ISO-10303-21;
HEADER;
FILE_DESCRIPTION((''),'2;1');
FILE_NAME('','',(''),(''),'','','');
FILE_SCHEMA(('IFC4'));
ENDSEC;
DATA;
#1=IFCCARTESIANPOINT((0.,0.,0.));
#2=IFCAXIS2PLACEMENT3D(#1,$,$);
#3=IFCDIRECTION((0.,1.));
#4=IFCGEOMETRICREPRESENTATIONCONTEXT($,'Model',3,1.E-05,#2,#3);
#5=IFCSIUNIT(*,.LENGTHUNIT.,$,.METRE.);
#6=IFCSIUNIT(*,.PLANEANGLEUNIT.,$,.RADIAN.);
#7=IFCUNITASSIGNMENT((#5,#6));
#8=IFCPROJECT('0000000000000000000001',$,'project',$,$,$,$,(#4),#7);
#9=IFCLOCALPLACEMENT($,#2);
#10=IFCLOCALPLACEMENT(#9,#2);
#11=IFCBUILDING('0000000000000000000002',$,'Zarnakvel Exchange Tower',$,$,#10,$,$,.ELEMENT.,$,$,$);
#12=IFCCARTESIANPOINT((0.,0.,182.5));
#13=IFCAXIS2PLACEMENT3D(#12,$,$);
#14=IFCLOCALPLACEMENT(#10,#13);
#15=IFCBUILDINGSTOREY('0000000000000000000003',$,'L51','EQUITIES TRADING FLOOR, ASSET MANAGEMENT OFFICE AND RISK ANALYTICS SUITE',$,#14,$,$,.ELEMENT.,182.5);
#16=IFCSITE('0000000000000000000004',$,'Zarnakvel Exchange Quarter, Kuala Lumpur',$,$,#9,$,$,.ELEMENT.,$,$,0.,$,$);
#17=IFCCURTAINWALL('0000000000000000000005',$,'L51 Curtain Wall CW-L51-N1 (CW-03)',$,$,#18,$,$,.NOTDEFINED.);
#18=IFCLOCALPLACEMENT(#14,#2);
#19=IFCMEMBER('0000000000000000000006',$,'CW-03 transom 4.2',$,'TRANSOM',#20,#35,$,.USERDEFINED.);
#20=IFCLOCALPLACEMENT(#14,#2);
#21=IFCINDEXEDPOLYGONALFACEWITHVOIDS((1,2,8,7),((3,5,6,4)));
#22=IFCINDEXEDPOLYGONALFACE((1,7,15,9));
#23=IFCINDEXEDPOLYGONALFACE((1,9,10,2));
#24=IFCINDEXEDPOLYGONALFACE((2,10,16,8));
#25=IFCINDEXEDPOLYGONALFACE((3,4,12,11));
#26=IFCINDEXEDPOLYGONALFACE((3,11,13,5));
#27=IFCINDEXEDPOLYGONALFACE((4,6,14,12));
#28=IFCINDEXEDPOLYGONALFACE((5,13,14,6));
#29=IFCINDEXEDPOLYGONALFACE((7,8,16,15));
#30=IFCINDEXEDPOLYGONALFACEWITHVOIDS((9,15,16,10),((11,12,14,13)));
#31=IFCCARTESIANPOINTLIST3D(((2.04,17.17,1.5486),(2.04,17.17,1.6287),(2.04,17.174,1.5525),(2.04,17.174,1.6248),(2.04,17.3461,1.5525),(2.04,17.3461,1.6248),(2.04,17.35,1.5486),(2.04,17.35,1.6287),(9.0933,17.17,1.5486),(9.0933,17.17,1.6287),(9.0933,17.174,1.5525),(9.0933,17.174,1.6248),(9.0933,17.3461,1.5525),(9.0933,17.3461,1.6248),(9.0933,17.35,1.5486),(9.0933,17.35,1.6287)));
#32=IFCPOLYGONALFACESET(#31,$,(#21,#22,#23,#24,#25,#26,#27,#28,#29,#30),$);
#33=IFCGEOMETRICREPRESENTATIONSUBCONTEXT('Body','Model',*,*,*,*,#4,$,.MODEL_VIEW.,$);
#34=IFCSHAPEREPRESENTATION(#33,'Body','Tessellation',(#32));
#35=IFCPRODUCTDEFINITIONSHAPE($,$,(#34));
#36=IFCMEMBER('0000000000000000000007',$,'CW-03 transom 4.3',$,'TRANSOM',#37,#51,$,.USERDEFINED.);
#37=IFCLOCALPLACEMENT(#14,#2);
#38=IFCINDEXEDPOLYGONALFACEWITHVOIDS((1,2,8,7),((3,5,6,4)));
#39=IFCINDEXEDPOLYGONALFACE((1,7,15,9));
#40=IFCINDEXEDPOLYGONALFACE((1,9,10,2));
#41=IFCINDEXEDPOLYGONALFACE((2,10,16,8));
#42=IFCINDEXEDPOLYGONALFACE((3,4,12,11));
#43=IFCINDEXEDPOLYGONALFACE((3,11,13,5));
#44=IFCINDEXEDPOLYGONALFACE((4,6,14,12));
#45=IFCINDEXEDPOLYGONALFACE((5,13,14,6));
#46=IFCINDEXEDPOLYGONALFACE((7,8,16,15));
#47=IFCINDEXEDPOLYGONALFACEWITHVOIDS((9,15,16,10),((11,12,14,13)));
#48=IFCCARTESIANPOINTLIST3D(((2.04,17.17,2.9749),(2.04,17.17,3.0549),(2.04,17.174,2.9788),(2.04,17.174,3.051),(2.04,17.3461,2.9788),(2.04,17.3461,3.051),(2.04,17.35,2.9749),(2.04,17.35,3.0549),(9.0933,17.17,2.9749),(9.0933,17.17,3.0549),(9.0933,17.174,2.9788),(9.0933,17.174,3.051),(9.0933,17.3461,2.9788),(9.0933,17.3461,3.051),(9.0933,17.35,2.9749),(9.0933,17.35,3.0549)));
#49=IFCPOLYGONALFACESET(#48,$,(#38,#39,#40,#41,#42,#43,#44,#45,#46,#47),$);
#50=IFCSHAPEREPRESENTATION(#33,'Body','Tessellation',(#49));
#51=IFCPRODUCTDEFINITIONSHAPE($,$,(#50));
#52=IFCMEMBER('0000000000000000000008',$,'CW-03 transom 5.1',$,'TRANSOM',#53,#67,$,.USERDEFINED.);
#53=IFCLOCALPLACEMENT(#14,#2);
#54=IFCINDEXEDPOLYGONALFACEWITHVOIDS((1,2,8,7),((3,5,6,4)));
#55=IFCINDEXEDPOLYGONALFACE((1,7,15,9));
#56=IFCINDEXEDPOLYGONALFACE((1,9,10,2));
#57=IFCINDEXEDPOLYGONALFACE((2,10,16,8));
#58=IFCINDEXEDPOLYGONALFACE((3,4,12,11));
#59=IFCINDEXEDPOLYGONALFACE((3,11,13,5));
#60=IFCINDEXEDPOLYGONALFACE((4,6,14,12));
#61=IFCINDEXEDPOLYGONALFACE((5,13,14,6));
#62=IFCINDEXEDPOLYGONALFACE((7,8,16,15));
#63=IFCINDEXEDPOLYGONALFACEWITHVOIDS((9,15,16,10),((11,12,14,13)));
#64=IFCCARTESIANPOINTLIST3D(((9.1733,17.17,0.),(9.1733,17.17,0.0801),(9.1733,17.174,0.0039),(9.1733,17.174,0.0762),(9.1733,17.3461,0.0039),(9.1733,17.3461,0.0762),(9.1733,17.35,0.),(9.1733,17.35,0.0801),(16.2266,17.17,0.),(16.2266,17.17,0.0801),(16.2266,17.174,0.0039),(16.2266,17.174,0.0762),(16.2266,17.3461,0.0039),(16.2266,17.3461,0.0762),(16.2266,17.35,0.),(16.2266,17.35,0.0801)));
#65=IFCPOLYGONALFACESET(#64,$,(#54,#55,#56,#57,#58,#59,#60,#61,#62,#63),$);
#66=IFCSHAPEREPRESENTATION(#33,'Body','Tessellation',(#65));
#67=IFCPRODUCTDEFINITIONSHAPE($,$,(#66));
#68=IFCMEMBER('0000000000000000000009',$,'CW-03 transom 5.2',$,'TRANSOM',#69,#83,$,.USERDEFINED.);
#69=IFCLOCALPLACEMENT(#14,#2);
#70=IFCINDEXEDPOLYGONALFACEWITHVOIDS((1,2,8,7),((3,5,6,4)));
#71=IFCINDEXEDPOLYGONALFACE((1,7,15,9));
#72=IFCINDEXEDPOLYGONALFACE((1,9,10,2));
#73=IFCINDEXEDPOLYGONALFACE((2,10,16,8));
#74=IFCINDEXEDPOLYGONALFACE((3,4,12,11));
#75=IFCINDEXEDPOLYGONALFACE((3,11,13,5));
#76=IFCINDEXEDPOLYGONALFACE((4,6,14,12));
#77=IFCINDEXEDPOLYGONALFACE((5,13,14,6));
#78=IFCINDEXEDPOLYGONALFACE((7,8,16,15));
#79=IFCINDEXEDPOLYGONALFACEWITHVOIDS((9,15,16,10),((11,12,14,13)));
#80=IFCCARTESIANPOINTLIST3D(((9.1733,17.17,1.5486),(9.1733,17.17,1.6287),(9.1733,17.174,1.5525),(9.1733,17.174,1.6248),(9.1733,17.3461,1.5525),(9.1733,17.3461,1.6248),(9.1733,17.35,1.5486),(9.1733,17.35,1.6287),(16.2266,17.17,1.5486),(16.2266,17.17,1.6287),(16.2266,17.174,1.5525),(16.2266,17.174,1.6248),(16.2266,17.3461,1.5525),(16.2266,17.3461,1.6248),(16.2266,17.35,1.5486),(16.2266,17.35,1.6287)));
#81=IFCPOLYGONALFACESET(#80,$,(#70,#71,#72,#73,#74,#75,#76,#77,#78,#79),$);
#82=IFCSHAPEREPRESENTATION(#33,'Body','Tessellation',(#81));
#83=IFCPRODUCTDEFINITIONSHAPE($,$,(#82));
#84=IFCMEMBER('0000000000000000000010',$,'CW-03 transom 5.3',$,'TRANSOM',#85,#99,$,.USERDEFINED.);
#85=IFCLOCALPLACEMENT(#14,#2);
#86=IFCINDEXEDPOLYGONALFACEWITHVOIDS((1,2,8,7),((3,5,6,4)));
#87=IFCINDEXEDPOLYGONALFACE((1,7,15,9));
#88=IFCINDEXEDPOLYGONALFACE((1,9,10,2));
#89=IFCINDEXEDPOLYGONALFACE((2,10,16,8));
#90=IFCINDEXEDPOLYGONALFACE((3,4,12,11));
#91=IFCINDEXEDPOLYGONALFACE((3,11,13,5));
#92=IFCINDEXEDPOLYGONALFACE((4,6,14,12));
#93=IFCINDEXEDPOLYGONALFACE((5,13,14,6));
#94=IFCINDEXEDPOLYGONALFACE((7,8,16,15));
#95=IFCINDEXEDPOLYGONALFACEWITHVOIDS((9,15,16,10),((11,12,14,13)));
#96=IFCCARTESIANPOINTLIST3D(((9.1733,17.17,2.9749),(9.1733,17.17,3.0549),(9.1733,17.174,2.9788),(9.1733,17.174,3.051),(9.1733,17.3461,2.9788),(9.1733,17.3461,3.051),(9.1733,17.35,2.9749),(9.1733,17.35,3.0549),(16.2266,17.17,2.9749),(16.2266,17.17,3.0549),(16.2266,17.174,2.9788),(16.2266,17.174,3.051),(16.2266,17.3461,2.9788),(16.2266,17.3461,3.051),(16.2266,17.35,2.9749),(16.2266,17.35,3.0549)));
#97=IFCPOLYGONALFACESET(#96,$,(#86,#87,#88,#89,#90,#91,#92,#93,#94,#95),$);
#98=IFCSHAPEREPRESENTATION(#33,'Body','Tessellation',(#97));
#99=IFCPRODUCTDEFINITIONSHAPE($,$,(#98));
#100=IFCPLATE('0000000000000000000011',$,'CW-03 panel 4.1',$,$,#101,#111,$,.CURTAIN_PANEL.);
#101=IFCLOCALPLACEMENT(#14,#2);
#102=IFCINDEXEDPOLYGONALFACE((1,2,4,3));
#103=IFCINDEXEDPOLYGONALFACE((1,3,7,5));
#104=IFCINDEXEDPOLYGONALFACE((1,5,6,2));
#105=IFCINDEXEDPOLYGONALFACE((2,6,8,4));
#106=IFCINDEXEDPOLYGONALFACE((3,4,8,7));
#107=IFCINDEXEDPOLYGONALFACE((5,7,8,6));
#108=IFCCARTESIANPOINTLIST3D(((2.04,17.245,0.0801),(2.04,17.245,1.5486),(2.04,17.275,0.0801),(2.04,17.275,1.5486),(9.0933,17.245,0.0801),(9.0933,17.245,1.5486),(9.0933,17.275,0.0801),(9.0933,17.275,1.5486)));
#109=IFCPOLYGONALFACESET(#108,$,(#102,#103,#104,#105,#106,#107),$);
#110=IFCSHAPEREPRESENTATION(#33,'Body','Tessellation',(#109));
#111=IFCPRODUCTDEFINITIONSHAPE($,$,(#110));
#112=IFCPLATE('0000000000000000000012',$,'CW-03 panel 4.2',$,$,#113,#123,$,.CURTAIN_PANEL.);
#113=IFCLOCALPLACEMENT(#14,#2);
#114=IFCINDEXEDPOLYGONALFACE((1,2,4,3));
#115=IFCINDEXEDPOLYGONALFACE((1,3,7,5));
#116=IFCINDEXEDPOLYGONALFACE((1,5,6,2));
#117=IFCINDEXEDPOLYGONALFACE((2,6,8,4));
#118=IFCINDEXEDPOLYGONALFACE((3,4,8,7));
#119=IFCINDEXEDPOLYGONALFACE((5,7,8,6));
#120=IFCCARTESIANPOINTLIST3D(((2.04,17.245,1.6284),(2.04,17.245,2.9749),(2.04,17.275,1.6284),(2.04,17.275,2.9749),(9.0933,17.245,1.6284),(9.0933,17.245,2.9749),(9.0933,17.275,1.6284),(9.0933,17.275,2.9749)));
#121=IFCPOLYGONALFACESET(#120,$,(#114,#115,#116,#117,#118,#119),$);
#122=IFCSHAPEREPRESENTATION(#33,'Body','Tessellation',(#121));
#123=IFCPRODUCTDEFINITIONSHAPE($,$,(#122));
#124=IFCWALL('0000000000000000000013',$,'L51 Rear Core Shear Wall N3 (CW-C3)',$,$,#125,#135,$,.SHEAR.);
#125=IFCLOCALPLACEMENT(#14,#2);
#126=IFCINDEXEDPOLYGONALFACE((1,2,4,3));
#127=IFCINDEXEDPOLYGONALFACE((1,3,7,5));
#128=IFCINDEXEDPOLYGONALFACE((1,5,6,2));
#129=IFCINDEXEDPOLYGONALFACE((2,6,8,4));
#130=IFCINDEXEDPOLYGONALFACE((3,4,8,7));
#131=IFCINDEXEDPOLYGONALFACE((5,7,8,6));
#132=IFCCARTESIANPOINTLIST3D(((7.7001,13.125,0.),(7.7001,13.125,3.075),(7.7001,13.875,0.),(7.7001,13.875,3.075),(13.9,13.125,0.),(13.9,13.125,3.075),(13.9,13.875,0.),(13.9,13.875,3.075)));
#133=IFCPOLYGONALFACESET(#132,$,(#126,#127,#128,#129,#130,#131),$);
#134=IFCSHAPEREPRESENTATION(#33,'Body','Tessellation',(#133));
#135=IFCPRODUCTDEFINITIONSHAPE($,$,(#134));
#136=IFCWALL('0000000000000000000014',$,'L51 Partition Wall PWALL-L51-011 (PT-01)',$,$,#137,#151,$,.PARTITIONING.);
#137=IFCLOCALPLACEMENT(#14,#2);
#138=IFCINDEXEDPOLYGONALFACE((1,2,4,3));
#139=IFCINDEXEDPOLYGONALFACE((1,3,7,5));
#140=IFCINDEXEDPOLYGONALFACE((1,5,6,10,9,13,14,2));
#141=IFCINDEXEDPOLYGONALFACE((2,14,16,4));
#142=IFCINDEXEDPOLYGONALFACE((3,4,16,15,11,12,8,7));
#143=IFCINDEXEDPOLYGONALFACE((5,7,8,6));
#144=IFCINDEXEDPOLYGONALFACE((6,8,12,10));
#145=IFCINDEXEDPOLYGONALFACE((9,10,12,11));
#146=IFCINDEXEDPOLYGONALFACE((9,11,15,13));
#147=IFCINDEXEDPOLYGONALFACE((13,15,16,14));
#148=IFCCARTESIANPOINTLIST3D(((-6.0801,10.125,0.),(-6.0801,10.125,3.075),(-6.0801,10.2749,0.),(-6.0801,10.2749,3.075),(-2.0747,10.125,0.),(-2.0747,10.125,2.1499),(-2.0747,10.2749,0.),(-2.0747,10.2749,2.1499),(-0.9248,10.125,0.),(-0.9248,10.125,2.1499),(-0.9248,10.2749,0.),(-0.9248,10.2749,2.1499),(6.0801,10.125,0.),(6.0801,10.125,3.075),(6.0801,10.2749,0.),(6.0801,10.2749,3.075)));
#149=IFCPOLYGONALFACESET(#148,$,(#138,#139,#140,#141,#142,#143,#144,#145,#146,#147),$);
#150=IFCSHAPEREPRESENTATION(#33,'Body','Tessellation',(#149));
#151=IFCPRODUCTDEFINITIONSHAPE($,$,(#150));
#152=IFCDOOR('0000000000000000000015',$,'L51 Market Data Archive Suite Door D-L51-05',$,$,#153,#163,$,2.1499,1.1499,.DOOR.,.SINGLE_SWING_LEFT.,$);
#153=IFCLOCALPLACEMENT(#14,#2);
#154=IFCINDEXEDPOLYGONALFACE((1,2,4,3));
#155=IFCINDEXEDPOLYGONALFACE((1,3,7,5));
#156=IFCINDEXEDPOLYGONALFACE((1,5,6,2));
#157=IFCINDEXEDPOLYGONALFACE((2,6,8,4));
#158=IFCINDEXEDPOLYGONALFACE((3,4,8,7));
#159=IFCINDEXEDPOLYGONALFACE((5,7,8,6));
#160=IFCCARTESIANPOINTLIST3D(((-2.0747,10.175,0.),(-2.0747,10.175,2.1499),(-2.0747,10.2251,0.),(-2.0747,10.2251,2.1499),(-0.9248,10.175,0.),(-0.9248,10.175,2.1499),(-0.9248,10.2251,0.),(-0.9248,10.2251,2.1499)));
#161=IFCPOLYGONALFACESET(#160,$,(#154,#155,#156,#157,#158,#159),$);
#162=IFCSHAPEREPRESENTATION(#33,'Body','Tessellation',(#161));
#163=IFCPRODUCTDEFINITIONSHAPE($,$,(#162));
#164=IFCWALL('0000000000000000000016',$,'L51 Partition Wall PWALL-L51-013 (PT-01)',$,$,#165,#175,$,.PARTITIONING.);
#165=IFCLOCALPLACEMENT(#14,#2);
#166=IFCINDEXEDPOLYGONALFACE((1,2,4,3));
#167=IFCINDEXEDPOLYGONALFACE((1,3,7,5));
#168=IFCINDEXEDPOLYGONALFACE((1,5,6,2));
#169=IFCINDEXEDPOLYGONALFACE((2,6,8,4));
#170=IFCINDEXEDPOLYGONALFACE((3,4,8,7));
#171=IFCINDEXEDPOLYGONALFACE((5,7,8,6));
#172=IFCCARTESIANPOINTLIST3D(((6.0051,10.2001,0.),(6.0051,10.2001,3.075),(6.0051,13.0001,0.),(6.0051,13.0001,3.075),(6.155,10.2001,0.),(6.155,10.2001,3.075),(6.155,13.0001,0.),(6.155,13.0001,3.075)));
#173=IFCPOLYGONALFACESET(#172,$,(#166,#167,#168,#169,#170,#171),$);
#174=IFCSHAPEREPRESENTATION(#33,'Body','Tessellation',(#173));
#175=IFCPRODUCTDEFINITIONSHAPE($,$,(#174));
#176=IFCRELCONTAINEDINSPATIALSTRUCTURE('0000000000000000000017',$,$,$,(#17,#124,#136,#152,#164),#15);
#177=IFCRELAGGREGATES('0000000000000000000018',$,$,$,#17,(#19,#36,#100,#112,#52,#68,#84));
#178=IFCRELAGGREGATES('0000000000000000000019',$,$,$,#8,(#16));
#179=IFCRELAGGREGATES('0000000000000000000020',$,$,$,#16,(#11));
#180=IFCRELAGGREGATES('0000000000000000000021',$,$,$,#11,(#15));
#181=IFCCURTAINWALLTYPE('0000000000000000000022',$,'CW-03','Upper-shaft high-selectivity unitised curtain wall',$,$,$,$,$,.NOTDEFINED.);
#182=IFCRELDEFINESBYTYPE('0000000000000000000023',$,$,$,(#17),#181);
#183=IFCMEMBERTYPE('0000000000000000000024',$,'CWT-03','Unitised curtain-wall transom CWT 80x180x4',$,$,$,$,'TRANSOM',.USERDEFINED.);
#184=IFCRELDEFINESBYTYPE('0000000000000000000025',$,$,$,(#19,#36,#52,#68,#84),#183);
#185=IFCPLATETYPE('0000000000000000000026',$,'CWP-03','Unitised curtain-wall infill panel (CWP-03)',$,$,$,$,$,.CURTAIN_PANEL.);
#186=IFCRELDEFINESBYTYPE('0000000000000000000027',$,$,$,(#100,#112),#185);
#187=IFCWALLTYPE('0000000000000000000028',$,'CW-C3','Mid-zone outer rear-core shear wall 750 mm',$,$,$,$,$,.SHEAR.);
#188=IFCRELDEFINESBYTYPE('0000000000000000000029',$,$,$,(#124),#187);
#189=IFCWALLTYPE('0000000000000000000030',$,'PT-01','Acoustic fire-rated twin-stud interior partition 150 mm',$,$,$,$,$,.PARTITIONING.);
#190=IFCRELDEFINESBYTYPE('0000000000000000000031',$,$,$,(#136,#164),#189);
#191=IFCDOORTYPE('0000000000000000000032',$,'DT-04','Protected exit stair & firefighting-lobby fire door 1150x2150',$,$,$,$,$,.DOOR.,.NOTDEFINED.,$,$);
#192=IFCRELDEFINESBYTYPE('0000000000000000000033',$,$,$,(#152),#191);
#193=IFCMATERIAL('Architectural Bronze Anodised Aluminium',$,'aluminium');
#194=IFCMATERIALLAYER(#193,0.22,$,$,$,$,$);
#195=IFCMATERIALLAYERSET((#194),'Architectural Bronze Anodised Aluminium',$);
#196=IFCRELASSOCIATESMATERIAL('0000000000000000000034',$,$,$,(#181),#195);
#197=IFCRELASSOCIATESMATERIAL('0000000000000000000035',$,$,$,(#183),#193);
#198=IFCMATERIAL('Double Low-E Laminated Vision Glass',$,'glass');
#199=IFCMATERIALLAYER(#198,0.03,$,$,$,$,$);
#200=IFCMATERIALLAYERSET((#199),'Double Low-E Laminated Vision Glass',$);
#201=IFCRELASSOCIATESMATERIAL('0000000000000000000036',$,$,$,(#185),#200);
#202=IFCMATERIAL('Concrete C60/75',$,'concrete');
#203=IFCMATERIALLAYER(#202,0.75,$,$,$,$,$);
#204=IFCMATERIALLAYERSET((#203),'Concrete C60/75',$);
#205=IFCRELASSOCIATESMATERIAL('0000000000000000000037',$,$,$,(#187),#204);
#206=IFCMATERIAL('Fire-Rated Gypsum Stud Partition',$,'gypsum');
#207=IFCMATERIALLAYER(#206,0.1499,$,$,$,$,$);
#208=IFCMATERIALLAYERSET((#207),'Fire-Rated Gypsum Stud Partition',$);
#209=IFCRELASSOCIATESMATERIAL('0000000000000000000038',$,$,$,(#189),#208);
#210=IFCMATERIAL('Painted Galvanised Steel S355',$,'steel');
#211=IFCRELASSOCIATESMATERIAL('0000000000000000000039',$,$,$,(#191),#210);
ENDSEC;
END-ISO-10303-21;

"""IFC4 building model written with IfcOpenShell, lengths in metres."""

from ifc_helpers import new_model, si_unit, direction, frame, frame_2d, origin, origin_2d, place, context, subcontext, project, spatial, rectangle, hollow_rectangle, extrude, source, transform, mapped, material, layer, layer_set, material_profile, profile_set, type_object, element, fill, aggregate, save


model = new_model("IFC4")

# Units and contexts
model_context = context("Model", 3, precision=1e-05, world=origin(), true_north=direction((0.0, 1.0)))
body_context = subcontext(model_context, "Body", "Model", "MODEL_VIEW")
ifc_project = project(units=[si_unit("LENGTHUNIT", "METRE"), si_unit("PLANEANGLEUNIT", "RADIAN")], contexts=[model_context])

# Site, building, storey
site_placement = place(None, origin())
site = spatial("IfcSite", under=ifc_project, at=site_placement, Name="Zarnakvel Exchange Quarter, Kuala Lumpur", CompositionType="ELEMENT", RefElevation=0.0)
building_placement = place(site_placement, origin())
building = spatial("IfcBuilding", under=site, at=building_placement, Name="Zarnakvel Exchange Tower", CompositionType="ELEMENT")
storey_placement = place(building_placement, frame((0.0, 0.0, 182.5)))
storey = spatial("IfcBuildingStorey", under=building, at=storey_placement, Name="L51", Description="EQUITIES TRADING FLOOR, ASSET MANAGEMENT OFFICE AND RISK ANALYTICS SUITE", CompositionType="ELEMENT", Elevation=182.5)

# Shared definitions
ifc_material_1 = material(Name="Concrete C60/75", Category="concrete")

# Curtain wall, members, plates
ifc_material_2 = material(Name="Architectural Bronze Anodised Aluminium", Category="aluminium")
ifc_layer_1 = layer(ifc_material_2, 0.22)
ifc_layer_set_1 = layer_set([ifc_layer_1], Name="Architectural Bronze Anodised Aluminium")
curtain_wall_type = type_object("IfcCurtainWallType", Name="CW-03", Description="Upper-shaft high-selectivity unitised curtain wall", PredefinedType="NOTDEFINED", material=ifc_layer_set_1)
curtain_wall_placement = place(storey_placement, origin())
curtain_wall = element("IfcCurtainWall", 1, at=curtain_wall_placement, inside=storey, type_object=curtain_wall_type, Name="L51 Curtain Wall CW-L51-N1 (CW-03)", PredefinedType="NOTDEFINED")
ifc_material_profile_1 = material_profile(ifc_material_2, hollow_rectangle(XDim=0.1799, YDim=0.0801, WallThickness=0.0039, at=origin_2d()))
ifc_profile_set_1 = profile_set([ifc_material_profile_1], Name="Architectural Bronze Anodised Aluminium")
member_type_1 = type_object("IfcMemberType", Name="CWT-03", Description="Unitised curtain-wall transom CWT 80x180x4", ElementType="TRANSOM", PredefinedType="USERDEFINED", material=ifc_profile_set_1)
shared_shape_1 = source(origin(), body_context, "Body", "SweptSolid", [
    extrude(hollow_rectangle(XDim=0.1799, YDim=0.0801, WallThickness=0.0039, at=origin_2d()), origin(), (0.0, 0.0, 1.0), 7.0532),
])
member_1_placement = place(storey_placement, frame((2.04, 17.26, 1.5886), z_axis=(1.0, 0.0, 0.0), x_axis=(0.0, 1.0, 0.0)))
member_1 = element("IfcMember", 2, at=member_1_placement, type_object=member_type_1, Name="CW-03 transom 4.2", ObjectType="TRANSOM", PredefinedType="USERDEFINED", context=body_context, shape_type="MappedRepresentation", body=[
    mapped(shared_shape_1, transform((0.0, 0.0, 0.0), x_axis=(1.0, 0.0, 0.0), y_axis=(0.0, 1.0, 0.0), z_axis=(0.0, 0.0, 1.0), scale=1.0)),
])
member_2_placement = place(storey_placement, frame((2.04, 17.26, 3.0149), z_axis=(1.0, 0.0, 0.0), x_axis=(0.0, 1.0, 0.0)))
member_2 = element("IfcMember", 3, at=member_2_placement, type_object=member_type_1, Name="CW-03 transom 4.3", ObjectType="TRANSOM", PredefinedType="USERDEFINED", context=body_context, shape_type="MappedRepresentation", body=[
    mapped(shared_shape_1, transform((0.0, 0.0, 0.0), x_axis=(1.0, 0.0, 0.0), y_axis=(0.0, 1.0, 0.0), z_axis=(0.0, 0.0, 1.0), scale=1.0)),
])
member_3_placement = place(storey_placement, frame((9.1733, 17.26, 0.04), z_axis=(1.0, 0.0, 0.0), x_axis=(0.0, 1.0, 0.0)))
member_3 = element("IfcMember", 4, at=member_3_placement, type_object=member_type_1, Name="CW-03 transom 5.1", ObjectType="TRANSOM", PredefinedType="USERDEFINED", context=body_context, shape_type="MappedRepresentation", body=[
    mapped(shared_shape_1, transform((0.0, 0.0, 0.0), x_axis=(1.0, 0.0, 0.0), y_axis=(0.0, 1.0, 0.0), z_axis=(0.0, 0.0, 1.0), scale=1.0)),
])
member_4_placement = place(storey_placement, frame((9.1733, 17.26, 1.5886), z_axis=(1.0, 0.0, 0.0), x_axis=(0.0, 1.0, 0.0)))
member_4 = element("IfcMember", 5, at=member_4_placement, type_object=member_type_1, Name="CW-03 transom 5.2", ObjectType="TRANSOM", PredefinedType="USERDEFINED", context=body_context, shape_type="MappedRepresentation", body=[
    mapped(shared_shape_1, transform((0.0, 0.0, 0.0), x_axis=(1.0, 0.0, 0.0), y_axis=(0.0, 1.0, 0.0), z_axis=(0.0, 0.0, 1.0), scale=1.0)),
])
member_5_placement = place(storey_placement, frame((9.1733, 17.26, 3.0149), z_axis=(1.0, 0.0, 0.0), x_axis=(0.0, 1.0, 0.0)))
member_5 = element("IfcMember", 6, at=member_5_placement, type_object=member_type_1, Name="CW-03 transom 5.3", ObjectType="TRANSOM", PredefinedType="USERDEFINED", context=body_context, shape_type="MappedRepresentation", body=[
    mapped(shared_shape_1, transform((0.0, 0.0, 0.0), x_axis=(1.0, 0.0, 0.0), y_axis=(0.0, 1.0, 0.0), z_axis=(0.0, 0.0, 1.0), scale=1.0)),
])
ifc_material_3 = material(Name="Double Low-E Laminated Vision Glass", Category="glass")
ifc_layer_2 = layer(ifc_material_3, 0.03)
ifc_layer_set_2 = layer_set([ifc_layer_2], Name="Double Low-E Laminated Vision Glass")
plate_type = type_object("IfcPlateType", Name="CWP-03", Description="Unitised curtain-wall infill panel (CWP-03)", PredefinedType="CURTAIN_PANEL", material=ifc_layer_set_2)
shared_shape_2 = source(origin(), body_context, "Body", "SweptSolid", [
    extrude(rectangle(XDim=7.0532, YDim=0.03, at=origin_2d()), origin(), (0.0, 0.0, 1.0), 1.4685),
])
plate_1_placement = place(storey_placement, frame((5.5667, 17.26, 0.0801), z_axis=(0.0, 0.0, 1.0), x_axis=(1.0, 0.0, 0.0)))
plate_1 = element("IfcPlate", 7, at=plate_1_placement, type_object=plate_type, Name="CW-03 panel 4.1", PredefinedType="CURTAIN_PANEL", context=body_context, shape_type="MappedRepresentation", body=[
    mapped(shared_shape_2, transform((0.0, 0.0, 0.0), x_axis=(1.0, 0.0, 0.0), y_axis=(0.0, 1.0, 0.0), z_axis=(0.0, 0.0, 1.0), scale=1.0)),
])
shared_shape_3 = source(origin(), body_context, "Body", "SweptSolid", [
    extrude(rectangle(XDim=7.0532, YDim=0.03, at=origin_2d()), origin(), (0.0, 0.0, 1.0), 1.3464),
])
plate_2_placement = place(storey_placement, frame((5.5667, 17.26, 1.6284), z_axis=(0.0, 0.0, 1.0), x_axis=(1.0, 0.0, 0.0)))
plate_2 = element("IfcPlate", 8, at=plate_2_placement, type_object=plate_type, Name="CW-03 panel 4.2", PredefinedType="CURTAIN_PANEL", context=body_context, shape_type="MappedRepresentation", body=[
    mapped(shared_shape_3, transform((0.0, 0.0, 0.0), x_axis=(1.0, 0.0, 0.0), y_axis=(0.0, 1.0, 0.0), z_axis=(0.0, 0.0, 1.0), scale=1.0)),
])
aggregate(curtain_wall, [member_1, member_2, plate_1, plate_2, member_3, member_4, member_5])

# Wall
ifc_layer_3 = layer(ifc_material_1, 0.75)
ifc_layer_set_3 = layer_set([ifc_layer_3], Name="Concrete C60/75")
wall_type_1 = type_object("IfcWallType", Name="CW-C3", Description="Mid-zone outer rear-core shear wall 750 mm", PredefinedType="SHEAR", material=ifc_layer_set_3)
wall_1_placement = place(storey_placement, frame((7.7, 13.5, 0.0), z_axis=(0.0, 0.0, 1.0), x_axis=(1.0, 0.0, 0.0)))
element("IfcWall", 9, at=wall_1_placement, inside=storey, type_object=wall_type_1, Name="L51 Rear Core Shear Wall N3 (CW-C3)", PredefinedType="SHEAR", context=body_context, shape_type="SweptSolid", body=[
    extrude(rectangle(XDim=6.2, YDim=0.75, at=frame_2d((3.1001, 0.0))), origin(), (0.0, 0.0, 1.0), 3.075),
])

# Wall, opening, door
ifc_material_4 = material(Name="Fire-Rated Gypsum Stud Partition", Category="gypsum")
ifc_layer_4 = layer(ifc_material_4, 0.1499)
ifc_layer_set_4 = layer_set([ifc_layer_4], Name="Fire-Rated Gypsum Stud Partition")
wall_type_2 = type_object("IfcWallType", Name="PT-01", Description="Acoustic fire-rated twin-stud interior partition 150 mm", PredefinedType="PARTITIONING", material=ifc_layer_set_4)
wall_2_placement = place(storey_placement, frame((6.0801, 10.2, 0.0), z_axis=(0.0, 0.0, 1.0), x_axis=(-1.0, 0.0, 0.0)))
wall_2 = element("IfcWall", 10, at=wall_2_placement, inside=storey, type_object=wall_type_2, Name="L51 Partition Wall PWALL-L51-011 (PT-01)", PredefinedType="PARTITIONING", context=body_context, shape_type="SweptSolid", body=[
    extrude(rectangle(XDim=12.1602, YDim=0.1499, at=frame_2d((6.0801, 0.0))), origin(), (0.0, 0.0, 1.0), 3.075),
])
opening_placement = place(wall_2_placement, frame((7.0049, 0.0, 0.0)))
opening = element("IfcOpeningElement", 11, at=opening_placement, cuts=wall_2, PredefinedType="OPENING", context=body_context, shape_type="SweptSolid", body=[
    extrude(rectangle(XDim=1.1499, YDim=2.1499, at=frame_2d((0.575, 1.075))), frame((0.0, 0.085, 0.0), z_axis=(0.0, -1.0, 0.0), x_axis=(1.0, 0.0, 0.0)), (0.0, 0.0, 1.0), 0.1699),
])
ifc_material_5 = material(Name="Painted Galvanised Steel S355", Category="steel")
door_type = type_object("IfcDoorType", Name="DT-04", Description="Protected exit stair & firefighting-lobby fire door 1150x2150", OperationType="NOTDEFINED", PredefinedType="DOOR", material=ifc_material_5)
shared_shape_4 = source(origin(), body_context, "Body", "SweptSolid", [
    extrude(rectangle(XDim=1.1499, YDim=2.1499, at=frame_2d((0.575, 1.075))), frame((0.0, 0.0249, 0.0), z_axis=(0.0, -1.0, 0.0), x_axis=(1.0, 0.0, 0.0)), (0.0, 0.0, 1.0), 0.05),
])
door_placement = place(opening_placement, origin())
door = element("IfcDoor", 12, at=door_placement, inside=storey, type_object=door_type, Name="L51 Market Data Archive Suite Door D-L51-05", OperationType="SINGLE_SWING_LEFT", OverallHeight=2.1499, OverallWidth=1.1499, PredefinedType="DOOR", context=body_context, shape_type="MappedRepresentation", body=[
    mapped(shared_shape_4, transform((0.0, 0.0, 0.0), x_axis=(1.0, 0.0, 0.0), y_axis=(0.0, 1.0, 0.0), z_axis=(0.0, 0.0, 1.0), scale=1.0)),
])
fill(opening, door)

# Wall
wall_3_placement = place(storey_placement, frame((6.0801, 13.0, 0.0), z_axis=(0.0, 0.0, 1.0), x_axis=(0.0, -1.0, 0.0)))
element("IfcWall", 13, at=wall_3_placement, inside=storey, type_object=wall_type_2, Name="L51 Partition Wall PWALL-L51-013 (PT-01)", PredefinedType="PARTITIONING", context=body_context, shape_type="SweptSolid", body=[
    extrude(rectangle(XDim=2.8, YDim=0.1499, at=frame_2d((1.3999, 0.0))), origin(), (0.0, 0.0, 1.0), 3.075),
])

save(model, "model.ifc")
